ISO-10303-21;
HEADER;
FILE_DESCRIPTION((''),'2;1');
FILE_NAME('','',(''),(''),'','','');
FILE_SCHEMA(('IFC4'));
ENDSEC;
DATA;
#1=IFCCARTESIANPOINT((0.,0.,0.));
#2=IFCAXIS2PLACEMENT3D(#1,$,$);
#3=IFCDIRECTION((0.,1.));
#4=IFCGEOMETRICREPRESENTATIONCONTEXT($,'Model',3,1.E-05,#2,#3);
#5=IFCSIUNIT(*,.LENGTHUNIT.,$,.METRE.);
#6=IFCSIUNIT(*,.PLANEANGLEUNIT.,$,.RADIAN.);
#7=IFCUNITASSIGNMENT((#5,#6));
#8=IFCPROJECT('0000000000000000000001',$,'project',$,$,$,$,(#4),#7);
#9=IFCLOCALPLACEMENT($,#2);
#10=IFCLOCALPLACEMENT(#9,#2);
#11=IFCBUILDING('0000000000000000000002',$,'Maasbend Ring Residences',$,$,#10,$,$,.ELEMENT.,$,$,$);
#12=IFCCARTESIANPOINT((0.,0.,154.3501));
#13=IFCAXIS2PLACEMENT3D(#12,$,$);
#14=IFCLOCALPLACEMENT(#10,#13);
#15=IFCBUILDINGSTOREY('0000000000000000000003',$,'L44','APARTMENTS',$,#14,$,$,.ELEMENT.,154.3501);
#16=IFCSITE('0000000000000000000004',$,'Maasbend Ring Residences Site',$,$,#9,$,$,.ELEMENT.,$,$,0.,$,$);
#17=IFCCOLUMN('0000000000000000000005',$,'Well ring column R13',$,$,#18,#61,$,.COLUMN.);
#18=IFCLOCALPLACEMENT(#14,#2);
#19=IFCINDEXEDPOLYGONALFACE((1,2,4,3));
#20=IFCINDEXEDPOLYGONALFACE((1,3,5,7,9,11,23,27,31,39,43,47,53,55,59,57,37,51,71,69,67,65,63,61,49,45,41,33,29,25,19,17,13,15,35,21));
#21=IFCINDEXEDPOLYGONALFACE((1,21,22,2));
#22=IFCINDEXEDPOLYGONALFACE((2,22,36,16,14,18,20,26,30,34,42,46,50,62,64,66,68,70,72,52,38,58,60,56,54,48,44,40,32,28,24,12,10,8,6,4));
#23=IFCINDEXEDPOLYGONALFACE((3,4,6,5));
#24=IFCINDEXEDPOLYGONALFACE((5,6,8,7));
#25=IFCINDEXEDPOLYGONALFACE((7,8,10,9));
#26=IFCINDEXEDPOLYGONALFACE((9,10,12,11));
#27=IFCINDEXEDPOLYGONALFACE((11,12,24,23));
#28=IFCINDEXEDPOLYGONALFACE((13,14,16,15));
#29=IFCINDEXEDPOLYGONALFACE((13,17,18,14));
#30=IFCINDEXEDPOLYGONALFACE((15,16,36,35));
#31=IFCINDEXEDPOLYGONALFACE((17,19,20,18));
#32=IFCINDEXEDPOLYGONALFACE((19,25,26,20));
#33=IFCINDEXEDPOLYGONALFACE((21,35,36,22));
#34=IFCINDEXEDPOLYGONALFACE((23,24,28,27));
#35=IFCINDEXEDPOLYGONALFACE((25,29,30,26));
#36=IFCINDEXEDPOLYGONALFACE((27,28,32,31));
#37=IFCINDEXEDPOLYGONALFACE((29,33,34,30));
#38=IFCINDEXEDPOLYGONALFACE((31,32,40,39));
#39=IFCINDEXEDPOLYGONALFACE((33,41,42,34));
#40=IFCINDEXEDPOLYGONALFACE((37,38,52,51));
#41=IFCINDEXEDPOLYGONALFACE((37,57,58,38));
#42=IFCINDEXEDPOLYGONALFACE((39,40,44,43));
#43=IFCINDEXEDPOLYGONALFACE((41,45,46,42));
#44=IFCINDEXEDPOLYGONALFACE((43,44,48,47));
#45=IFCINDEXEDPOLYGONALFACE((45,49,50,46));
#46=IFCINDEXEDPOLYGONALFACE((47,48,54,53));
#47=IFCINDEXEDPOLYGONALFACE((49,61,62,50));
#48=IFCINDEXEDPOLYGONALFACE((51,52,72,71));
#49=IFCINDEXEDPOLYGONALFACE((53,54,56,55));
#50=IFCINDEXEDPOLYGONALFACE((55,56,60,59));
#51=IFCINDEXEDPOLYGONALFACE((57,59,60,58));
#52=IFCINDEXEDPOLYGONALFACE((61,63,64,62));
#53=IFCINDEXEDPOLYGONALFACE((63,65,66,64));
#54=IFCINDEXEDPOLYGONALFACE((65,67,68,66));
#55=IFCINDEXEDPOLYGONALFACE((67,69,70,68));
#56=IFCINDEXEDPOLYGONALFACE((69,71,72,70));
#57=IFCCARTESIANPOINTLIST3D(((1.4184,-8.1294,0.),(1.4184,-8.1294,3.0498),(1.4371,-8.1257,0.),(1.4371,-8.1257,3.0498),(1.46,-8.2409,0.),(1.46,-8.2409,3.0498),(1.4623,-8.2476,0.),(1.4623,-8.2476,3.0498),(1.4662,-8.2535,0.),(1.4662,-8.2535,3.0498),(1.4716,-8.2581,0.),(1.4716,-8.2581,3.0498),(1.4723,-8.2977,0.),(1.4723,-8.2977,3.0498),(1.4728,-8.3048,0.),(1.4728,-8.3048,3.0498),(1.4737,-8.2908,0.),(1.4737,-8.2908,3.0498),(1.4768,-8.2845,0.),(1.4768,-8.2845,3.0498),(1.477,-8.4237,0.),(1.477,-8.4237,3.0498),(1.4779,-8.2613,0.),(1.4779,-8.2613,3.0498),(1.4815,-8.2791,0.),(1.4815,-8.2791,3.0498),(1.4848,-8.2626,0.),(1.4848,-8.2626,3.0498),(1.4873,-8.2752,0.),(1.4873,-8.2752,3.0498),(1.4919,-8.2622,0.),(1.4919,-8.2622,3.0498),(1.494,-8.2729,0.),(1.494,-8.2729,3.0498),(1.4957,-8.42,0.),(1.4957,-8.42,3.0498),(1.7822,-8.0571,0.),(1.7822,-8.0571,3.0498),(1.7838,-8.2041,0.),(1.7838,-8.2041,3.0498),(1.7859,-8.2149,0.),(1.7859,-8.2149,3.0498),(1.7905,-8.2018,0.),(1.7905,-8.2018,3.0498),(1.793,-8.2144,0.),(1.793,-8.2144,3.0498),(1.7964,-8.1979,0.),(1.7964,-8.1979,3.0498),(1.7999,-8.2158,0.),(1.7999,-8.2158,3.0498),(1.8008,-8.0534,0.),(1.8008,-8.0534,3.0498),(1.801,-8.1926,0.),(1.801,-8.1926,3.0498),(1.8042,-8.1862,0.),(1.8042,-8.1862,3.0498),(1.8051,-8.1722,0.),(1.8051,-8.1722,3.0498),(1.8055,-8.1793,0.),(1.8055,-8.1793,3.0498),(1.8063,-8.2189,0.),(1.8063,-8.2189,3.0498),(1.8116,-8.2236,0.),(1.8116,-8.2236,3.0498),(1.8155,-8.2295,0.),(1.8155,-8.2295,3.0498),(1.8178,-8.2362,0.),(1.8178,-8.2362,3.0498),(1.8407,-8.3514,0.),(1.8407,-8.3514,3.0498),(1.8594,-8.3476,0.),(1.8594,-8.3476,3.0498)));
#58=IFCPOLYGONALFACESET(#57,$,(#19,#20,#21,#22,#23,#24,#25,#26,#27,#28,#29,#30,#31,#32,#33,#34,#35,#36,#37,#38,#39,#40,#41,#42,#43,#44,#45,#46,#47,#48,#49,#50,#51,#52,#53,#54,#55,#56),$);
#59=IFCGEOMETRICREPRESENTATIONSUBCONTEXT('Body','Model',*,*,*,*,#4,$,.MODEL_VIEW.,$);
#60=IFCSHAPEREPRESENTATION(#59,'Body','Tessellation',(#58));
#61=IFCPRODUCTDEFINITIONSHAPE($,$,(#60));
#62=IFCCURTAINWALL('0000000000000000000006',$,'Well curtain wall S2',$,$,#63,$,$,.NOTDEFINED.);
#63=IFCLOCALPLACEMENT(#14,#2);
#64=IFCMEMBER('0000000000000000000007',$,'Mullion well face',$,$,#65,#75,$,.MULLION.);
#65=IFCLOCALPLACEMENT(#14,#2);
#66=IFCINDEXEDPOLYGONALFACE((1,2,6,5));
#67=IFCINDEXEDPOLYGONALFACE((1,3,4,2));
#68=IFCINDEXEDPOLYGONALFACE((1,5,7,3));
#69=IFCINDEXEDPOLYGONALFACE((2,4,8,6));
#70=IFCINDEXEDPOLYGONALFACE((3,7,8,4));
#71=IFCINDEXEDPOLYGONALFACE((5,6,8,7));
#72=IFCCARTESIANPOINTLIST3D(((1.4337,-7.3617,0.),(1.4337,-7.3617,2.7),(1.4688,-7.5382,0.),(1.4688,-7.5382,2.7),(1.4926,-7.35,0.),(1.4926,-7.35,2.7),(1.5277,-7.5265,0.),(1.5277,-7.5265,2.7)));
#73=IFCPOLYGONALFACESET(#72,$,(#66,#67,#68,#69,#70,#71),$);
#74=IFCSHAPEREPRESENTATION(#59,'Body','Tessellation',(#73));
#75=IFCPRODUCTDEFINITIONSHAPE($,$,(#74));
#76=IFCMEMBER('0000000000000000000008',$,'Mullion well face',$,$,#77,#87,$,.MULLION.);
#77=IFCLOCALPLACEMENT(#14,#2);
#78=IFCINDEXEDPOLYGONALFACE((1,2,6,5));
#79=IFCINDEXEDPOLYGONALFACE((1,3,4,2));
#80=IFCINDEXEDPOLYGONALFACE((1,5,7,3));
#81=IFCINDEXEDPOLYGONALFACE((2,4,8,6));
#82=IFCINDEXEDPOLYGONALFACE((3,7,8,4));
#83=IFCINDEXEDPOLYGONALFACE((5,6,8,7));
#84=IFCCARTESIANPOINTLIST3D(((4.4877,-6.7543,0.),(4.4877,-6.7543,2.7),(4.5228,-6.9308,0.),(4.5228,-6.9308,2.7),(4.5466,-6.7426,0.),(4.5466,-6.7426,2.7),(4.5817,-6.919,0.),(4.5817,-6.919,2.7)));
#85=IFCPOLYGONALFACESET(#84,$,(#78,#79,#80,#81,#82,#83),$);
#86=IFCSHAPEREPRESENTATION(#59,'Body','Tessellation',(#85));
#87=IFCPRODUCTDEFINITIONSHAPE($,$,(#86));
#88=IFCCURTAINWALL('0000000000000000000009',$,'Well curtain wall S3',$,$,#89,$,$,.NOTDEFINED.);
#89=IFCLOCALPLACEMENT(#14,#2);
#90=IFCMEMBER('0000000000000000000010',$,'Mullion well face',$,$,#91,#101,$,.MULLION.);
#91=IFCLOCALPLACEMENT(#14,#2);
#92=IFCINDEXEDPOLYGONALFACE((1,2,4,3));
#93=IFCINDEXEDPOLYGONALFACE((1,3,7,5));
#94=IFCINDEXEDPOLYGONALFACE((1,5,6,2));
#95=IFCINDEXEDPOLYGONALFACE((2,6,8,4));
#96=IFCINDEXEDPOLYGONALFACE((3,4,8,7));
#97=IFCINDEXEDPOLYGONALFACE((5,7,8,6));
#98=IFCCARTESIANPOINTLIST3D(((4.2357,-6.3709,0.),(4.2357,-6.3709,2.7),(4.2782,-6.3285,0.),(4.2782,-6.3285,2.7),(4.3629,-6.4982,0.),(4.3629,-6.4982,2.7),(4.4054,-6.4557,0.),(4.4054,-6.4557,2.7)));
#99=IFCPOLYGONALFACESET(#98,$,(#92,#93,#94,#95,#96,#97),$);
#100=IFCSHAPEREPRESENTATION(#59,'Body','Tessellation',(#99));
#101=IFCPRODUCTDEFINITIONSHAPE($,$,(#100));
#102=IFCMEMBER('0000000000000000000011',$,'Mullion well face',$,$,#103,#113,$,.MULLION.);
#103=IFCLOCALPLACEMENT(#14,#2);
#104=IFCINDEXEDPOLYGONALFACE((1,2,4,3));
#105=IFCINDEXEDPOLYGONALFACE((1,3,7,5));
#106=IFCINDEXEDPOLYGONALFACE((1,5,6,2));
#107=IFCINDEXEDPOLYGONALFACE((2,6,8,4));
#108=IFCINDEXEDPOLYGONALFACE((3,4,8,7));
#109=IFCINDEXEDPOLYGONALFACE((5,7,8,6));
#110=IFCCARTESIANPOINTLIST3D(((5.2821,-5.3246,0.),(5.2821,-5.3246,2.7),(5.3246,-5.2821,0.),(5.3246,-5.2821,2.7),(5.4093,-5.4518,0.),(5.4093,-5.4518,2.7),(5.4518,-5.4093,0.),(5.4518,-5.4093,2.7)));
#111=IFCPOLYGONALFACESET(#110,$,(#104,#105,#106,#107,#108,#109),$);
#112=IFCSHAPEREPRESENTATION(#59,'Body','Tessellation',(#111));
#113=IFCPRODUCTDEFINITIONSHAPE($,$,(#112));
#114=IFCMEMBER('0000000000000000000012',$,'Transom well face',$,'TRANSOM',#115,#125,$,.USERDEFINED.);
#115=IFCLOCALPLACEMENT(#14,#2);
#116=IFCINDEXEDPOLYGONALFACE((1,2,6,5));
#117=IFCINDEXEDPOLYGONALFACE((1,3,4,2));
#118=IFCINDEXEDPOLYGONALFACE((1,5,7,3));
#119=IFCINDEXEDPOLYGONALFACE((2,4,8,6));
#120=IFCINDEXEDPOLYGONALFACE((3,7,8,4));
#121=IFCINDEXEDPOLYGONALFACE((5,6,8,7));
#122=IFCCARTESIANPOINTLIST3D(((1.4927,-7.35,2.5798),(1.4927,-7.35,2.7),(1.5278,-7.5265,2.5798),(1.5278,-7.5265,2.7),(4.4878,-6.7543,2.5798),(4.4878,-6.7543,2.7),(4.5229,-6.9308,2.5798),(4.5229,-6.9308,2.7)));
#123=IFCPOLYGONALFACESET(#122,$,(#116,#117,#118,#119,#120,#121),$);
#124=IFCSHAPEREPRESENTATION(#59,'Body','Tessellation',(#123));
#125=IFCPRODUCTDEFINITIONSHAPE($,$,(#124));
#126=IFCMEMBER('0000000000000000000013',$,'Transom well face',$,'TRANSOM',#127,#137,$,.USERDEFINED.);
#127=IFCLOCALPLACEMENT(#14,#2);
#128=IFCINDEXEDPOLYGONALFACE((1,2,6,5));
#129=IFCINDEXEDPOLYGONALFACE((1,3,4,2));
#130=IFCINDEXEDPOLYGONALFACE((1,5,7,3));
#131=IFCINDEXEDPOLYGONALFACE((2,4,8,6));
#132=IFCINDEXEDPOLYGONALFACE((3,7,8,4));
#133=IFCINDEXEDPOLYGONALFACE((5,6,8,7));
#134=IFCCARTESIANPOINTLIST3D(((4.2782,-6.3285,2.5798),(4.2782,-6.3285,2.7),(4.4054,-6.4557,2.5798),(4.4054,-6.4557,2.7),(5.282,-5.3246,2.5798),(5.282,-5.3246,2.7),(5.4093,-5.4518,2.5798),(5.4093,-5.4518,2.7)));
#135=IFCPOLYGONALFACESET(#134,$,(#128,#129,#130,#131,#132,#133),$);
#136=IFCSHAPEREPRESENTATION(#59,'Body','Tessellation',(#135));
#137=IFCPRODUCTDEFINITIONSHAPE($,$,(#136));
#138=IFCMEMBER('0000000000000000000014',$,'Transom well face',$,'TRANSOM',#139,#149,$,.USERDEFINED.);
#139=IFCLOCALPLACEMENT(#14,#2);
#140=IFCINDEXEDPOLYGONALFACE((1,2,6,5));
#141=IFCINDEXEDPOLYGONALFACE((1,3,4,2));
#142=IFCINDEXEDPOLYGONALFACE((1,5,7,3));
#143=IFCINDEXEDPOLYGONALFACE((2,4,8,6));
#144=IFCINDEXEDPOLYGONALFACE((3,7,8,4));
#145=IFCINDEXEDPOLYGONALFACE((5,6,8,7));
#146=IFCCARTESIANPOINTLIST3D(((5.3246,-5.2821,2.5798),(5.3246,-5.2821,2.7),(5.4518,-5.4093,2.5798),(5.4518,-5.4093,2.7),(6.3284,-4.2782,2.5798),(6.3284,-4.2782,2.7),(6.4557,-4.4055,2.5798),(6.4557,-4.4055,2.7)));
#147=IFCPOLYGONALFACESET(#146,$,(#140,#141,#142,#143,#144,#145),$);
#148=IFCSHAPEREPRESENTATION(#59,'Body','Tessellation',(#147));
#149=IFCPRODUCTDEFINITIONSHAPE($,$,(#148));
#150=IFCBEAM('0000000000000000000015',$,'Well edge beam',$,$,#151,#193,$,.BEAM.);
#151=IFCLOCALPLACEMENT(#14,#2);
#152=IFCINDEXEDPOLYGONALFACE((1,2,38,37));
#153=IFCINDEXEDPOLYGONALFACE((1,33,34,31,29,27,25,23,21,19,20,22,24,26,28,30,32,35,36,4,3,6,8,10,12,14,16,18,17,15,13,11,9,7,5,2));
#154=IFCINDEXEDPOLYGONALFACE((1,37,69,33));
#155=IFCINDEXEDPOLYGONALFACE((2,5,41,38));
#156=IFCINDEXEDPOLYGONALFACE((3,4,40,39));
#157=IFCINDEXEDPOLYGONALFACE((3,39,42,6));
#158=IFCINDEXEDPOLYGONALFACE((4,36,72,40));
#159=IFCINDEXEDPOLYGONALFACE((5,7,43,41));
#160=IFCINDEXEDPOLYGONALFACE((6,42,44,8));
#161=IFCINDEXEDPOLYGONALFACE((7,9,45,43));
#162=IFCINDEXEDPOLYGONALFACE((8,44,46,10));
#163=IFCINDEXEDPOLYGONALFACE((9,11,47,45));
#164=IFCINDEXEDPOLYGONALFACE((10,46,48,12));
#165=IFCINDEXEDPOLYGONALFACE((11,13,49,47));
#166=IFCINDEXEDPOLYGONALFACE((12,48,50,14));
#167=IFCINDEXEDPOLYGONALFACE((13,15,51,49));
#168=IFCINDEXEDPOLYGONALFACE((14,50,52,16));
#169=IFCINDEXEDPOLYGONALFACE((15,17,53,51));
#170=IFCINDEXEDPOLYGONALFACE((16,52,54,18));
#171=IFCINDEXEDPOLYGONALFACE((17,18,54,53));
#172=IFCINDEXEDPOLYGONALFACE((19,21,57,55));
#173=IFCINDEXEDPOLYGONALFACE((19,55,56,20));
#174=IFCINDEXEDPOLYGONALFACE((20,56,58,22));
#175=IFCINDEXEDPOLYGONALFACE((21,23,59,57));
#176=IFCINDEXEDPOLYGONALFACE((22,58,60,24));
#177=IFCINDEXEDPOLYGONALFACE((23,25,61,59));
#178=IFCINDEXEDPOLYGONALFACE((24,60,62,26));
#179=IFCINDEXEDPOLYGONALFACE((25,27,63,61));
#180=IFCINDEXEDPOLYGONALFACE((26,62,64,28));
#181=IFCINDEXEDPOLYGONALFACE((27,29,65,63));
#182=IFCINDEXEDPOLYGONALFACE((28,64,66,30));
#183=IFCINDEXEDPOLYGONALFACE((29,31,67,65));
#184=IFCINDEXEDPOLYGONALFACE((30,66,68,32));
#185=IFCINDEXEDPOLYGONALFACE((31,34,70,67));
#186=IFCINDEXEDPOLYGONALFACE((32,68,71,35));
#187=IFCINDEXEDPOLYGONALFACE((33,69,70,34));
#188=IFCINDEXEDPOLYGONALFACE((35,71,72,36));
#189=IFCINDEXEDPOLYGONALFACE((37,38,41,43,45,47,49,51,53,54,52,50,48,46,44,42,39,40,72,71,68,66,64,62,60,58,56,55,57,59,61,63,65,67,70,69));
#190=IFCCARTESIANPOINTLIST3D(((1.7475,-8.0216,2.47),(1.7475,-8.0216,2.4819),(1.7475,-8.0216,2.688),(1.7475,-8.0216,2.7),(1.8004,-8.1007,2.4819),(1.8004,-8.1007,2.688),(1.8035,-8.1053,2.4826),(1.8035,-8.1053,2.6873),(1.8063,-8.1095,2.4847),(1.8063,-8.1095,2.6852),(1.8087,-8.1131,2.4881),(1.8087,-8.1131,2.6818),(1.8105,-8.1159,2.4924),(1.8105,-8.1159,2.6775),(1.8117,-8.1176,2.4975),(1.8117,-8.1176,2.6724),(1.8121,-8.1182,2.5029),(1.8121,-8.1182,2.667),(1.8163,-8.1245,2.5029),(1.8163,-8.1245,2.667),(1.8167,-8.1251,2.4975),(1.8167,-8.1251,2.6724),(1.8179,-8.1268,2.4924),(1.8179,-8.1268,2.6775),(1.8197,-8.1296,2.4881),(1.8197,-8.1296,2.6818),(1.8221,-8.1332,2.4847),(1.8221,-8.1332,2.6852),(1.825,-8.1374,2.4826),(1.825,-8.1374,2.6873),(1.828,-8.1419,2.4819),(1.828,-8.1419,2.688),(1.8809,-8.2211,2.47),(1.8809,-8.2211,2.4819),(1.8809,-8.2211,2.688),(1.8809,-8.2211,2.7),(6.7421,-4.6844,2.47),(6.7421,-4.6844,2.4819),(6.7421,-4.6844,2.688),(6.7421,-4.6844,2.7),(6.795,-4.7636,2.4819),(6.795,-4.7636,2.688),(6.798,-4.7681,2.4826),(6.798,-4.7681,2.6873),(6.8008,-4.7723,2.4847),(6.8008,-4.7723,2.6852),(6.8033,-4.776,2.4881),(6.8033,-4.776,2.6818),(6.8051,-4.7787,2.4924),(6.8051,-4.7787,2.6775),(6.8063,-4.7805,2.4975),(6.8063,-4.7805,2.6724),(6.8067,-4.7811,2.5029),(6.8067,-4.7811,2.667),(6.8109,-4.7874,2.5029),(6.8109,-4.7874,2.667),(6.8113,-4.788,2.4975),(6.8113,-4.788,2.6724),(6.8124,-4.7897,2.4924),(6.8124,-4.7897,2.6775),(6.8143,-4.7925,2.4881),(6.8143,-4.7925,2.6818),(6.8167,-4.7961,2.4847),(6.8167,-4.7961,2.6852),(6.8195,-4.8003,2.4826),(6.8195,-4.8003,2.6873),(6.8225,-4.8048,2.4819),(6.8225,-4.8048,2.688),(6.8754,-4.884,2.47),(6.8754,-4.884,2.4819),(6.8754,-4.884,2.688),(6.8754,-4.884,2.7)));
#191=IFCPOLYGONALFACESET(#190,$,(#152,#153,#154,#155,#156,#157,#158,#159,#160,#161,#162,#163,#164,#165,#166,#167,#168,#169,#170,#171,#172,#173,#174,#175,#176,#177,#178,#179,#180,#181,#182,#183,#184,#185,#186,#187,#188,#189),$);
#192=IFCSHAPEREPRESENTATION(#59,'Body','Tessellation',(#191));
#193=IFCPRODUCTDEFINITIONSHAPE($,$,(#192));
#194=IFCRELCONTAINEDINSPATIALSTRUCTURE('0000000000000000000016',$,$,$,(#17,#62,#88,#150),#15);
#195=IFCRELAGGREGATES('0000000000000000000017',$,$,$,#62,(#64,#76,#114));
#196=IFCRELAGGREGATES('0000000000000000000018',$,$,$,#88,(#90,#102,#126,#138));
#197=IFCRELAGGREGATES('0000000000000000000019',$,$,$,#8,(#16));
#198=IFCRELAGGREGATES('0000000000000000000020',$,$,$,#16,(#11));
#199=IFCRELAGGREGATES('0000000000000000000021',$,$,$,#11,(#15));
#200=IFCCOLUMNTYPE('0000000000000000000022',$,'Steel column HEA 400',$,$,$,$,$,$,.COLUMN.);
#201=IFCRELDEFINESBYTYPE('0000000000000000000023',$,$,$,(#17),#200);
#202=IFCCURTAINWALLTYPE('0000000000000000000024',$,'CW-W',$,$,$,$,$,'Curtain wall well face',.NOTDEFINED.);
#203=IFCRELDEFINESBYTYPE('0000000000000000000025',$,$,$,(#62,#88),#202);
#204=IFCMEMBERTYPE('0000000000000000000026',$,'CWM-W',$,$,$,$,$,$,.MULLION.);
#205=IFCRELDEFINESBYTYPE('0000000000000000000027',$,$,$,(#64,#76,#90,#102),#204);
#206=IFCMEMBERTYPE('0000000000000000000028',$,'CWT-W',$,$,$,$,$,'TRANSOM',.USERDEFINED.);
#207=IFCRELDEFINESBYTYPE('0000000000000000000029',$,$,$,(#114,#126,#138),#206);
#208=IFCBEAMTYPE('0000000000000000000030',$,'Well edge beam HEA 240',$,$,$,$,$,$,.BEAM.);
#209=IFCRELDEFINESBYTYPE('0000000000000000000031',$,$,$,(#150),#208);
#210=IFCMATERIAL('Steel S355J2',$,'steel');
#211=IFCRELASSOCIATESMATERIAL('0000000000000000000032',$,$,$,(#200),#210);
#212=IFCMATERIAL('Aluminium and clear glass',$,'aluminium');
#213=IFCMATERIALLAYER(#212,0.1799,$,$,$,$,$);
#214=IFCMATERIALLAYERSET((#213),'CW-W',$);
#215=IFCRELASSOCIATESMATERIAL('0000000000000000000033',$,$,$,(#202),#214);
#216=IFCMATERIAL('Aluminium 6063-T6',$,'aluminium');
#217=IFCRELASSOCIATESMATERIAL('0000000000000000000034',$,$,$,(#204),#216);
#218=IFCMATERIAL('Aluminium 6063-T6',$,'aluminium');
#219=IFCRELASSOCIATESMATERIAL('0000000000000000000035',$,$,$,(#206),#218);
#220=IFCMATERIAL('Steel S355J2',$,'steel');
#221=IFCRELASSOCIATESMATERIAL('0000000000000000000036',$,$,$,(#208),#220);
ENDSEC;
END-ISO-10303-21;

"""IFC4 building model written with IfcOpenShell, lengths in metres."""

from ifc_helpers import new_model, si_unit, direction, frame, origin, origin_2d, place, context, subcontext, project, spatial, rectangle, i_section, extrude, material, layer, layer_set, material_profile, profile_set, type_object, element, aggregate, save


model = new_model("IFC4")

# Units and contexts
model_context = context("Model", 3, precision=1e-05, world=origin(), true_north=direction((0.0, 1.0)))
body_context = subcontext(model_context, "Body", "Model", "MODEL_VIEW")
ifc_project = project(units=[si_unit("LENGTHUNIT", "METRE"), si_unit("PLANEANGLEUNIT", "RADIAN")], contexts=[model_context])

# Site, building, storey
site_placement = place(None, origin())
site = spatial("IfcSite", under=ifc_project, at=site_placement, Name="Maasbend Ring Residences Site", CompositionType="ELEMENT", RefElevation=0.0)
building_placement = place(site_placement, origin())
building = spatial("IfcBuilding", under=site, at=building_placement, Name="Maasbend Ring Residences", CompositionType="ELEMENT")
storey_placement = place(building_placement, frame((0.0, 0.0, 154.3501)))
storey = spatial("IfcBuildingStorey", under=building, at=storey_placement, Name="L44", Description="APARTMENTS", CompositionType="ELEMENT", Elevation=154.3501)

# Column
ifc_material_1 = material(Name="Steel S355J2", Category="steel")
ifc_material_profile_1 = material_profile(ifc_material_1, i_section(OverallWidth=0.3, OverallDepth=0.3899, WebThickness=0.011, FlangeThickness=0.019, FilletRadius=0.0271, at=origin_2d()), Name="HEA 400")
ifc_profile_set_1 = profile_set([ifc_material_profile_1], Name="Steel S355J2")
column_type = type_object("IfcColumnType", Name="Steel column HEA 400", PredefinedType="COLUMN", material=ifc_profile_set_1)
column_placement = place(storey_placement, frame((1.6389, -8.2385, 0.0), z_axis=(0.0, 0.0, 1.0), x_axis=(0.19509, -0.980785, 0.0)))
element("IfcColumn", 1, at=column_placement, inside=storey, type_object=column_type, Name="Well ring column R13", PredefinedType="COLUMN", context=body_context, shape_type="SweptSolid", body=[
    extrude(i_section(OverallWidth=0.3, OverallDepth=0.3899, WebThickness=0.011, FlangeThickness=0.019, FilletRadius=0.0271, at=origin_2d()), origin(), (0.0, 0.0, 1.0), 3.0498),
])

# Curtain walls, members
ifc_material_2 = material(Name="Aluminium and clear glass", Category="aluminium")
ifc_layer_1 = layer(ifc_material_2, 0.1799)
ifc_layer_set_1 = layer_set([ifc_layer_1], Name="CW-W")
curtain_wall_type = type_object("IfcCurtainWallType", Name="CW-W", ElementType="Curtain wall well face", PredefinedType="NOTDEFINED", material=ifc_layer_set_1)
curtain_wall_1_placement = place(storey_placement, origin())
curtain_wall_1 = element("IfcCurtainWall", 2, at=curtain_wall_1_placement, inside=storey, type_object=curtain_wall_type, Name="Well curtain wall S2", PredefinedType="NOTDEFINED")
ifc_material_3 = material(Name="Aluminium 6063-T6", Category="aluminium")
ifc_material_profile_2 = material_profile(ifc_material_3, rectangle(XDim=0.1799, YDim=0.0601, at=origin_2d()), Name="AL 180x60")
ifc_profile_set_2 = profile_set([ifc_material_profile_2], Name="Aluminium 6063-T6")
member_type_1 = type_object("IfcMemberType", Name="CWM-W", PredefinedType="MULLION", material=ifc_profile_set_2)
member_1_placement = place(storey_placement, frame((1.4807, -7.4441, 0.0), z_axis=(0.0, 0.0, 1.0), x_axis=(-0.19509, 0.980785, 0.0)))
member_1 = element("IfcMember", 3, at=member_1_placement, type_object=member_type_1, Name="Mullion well face", PredefinedType="MULLION", context=body_context, shape_type="SweptSolid", body=[
    extrude(rectangle(XDim=0.1799, YDim=0.0601, at=origin_2d()), origin(), (0.0, 0.0, 1.0), 2.7),
])
member_2_placement = place(storey_placement, frame((4.5347, -6.8367, 0.0), z_axis=(0.0, 0.0, 1.0), x_axis=(-0.19509, 0.980785, 0.0)))
member_2 = element("IfcMember", 4, at=member_2_placement, type_object=member_type_1, Name="Mullion well face", PredefinedType="MULLION", context=body_context, shape_type="SweptSolid", body=[
    extrude(rectangle(XDim=0.1799, YDim=0.0601, at=origin_2d()), origin(), (0.0, 0.0, 1.0), 2.7),
])
curtain_wall_2_placement = place(storey_placement, origin())
curtain_wall_2 = element("IfcCurtainWall", 5, at=curtain_wall_2_placement, inside=storey, type_object=curtain_wall_type, Name="Well curtain wall S3", PredefinedType="NOTDEFINED")
member_3_placement = place(storey_placement, frame((4.3206, -6.4133, 0.0), z_axis=(0.0, 0.0, 1.0), x_axis=(-0.707107, 0.707107, 0.0)))
member_3 = element("IfcMember", 6, at=member_3_placement, type_object=member_type_1, Name="Mullion well face", PredefinedType="MULLION", context=body_context, shape_type="SweptSolid", body=[
    extrude(rectangle(XDim=0.1799, YDim=0.0601, at=origin_2d()), origin(), (0.0, 0.0, 1.0), 2.7),
])
member_4_placement = place(storey_placement, frame((5.3669, -5.3669, 0.0), z_axis=(0.0, 0.0, 1.0), x_axis=(-0.707107, 0.707107, 0.0)))
member_4 = element("IfcMember", 7, at=member_4_placement, type_object=member_type_1, Name="Mullion well face", PredefinedType="MULLION", context=body_context, shape_type="SweptSolid", body=[
    extrude(rectangle(XDim=0.1799, YDim=0.0601, at=origin_2d()), origin(), (0.0, 0.0, 1.0), 2.7),
])

# Members
ifc_material_4 = material(Name="Aluminium 6063-T6", Category="aluminium")
ifc_material_profile_3 = material_profile(ifc_material_4, rectangle(XDim=0.1799, YDim=0.1201, at=origin_2d()), Name="AL 180x120")
ifc_profile_set_3 = profile_set([ifc_material_profile_3], Name="Aluminium 6063-T6")
member_type_2 = type_object("IfcMemberType", Name="CWT-W", ElementType="TRANSOM", PredefinedType="USERDEFINED", material=ifc_profile_set_3)
member_5_placement = place(storey_placement, frame((1.5103, -7.4382, 2.6399), z_axis=(0.980789, 0.195071, 0.0), x_axis=(-0.195071, 0.980789, 0.0)))
member_5 = element("IfcMember", 8, at=member_5_placement, type_object=member_type_2, Name="Transom well face", ObjectType="TRANSOM", PredefinedType="USERDEFINED", context=body_context, shape_type="SweptSolid", body=[
    extrude(rectangle(XDim=0.1799, YDim=0.1201, at=origin_2d()), origin(), (0.0, 0.0, 1.0), 3.0537),
])
member_6_placement = place(storey_placement, frame((4.3418, -6.3921, 2.6399), z_axis=(0.707107, 0.707107, 0.0), x_axis=(-0.707107, 0.707107, 0.0)))
member_6 = element("IfcMember", 9, at=member_6_placement, type_object=member_type_2, Name="Transom well face", ObjectType="TRANSOM", PredefinedType="USERDEFINED", context=body_context, shape_type="SweptSolid", body=[
    extrude(rectangle(XDim=0.1799, YDim=0.1201, at=origin_2d()), origin(), (0.0, 0.0, 1.0), 1.4197),
])
member_7_placement = place(storey_placement, frame((5.3882, -5.3457, 2.6399), z_axis=(0.707107, 0.707107, 0.0), x_axis=(-0.707107, 0.707107, 0.0)))
member_7 = element("IfcMember", 10, at=member_7_placement, type_object=member_type_2, Name="Transom well face", ObjectType="TRANSOM", PredefinedType="USERDEFINED", context=body_context, shape_type="SweptSolid", body=[
    extrude(rectangle(XDim=0.1799, YDim=0.1201, at=origin_2d()), origin(), (0.0, 0.0, 1.0), 1.4197),
])

# Beam
ifc_material_5 = material(Name="Steel S355J2", Category="steel")
ifc_material_profile_4 = material_profile(ifc_material_5, i_section(OverallWidth=0.24, OverallDepth=0.23, WebThickness=0.0076, FlangeThickness=0.012, FilletRadius=0.021, at=origin_2d()), Name="HEA 240")
ifc_profile_set_4 = profile_set([ifc_material_profile_4], Name="Steel S355J2")
beam_type = type_object("IfcBeamType", Name="Well edge beam HEA 240", PredefinedType="BEAM", material=ifc_profile_set_4)
beam_placement = place(storey_placement, frame((1.8142, -8.1213, 2.585), z_axis=(0.831481, 0.555553, 0.0), x_axis=(-0.555553, 0.831481, 0.0)))
element("IfcBeam", 11, at=beam_placement, inside=storey, type_object=beam_type, Name="Well edge beam", PredefinedType="BEAM", context=body_context, shape_type="SweptSolid", body=[
    extrude(i_section(OverallWidth=0.24, OverallDepth=0.23, WebThickness=0.0076, FlangeThickness=0.012, FilletRadius=0.021, at=origin_2d()), origin(), (0.0, 0.0, 1.0), 6.0068),
])

aggregate(curtain_wall_1, [member_1, member_2, member_5])
aggregate(curtain_wall_2, [member_3, member_4, member_6, member_7])

save(model, "model.ifc")
